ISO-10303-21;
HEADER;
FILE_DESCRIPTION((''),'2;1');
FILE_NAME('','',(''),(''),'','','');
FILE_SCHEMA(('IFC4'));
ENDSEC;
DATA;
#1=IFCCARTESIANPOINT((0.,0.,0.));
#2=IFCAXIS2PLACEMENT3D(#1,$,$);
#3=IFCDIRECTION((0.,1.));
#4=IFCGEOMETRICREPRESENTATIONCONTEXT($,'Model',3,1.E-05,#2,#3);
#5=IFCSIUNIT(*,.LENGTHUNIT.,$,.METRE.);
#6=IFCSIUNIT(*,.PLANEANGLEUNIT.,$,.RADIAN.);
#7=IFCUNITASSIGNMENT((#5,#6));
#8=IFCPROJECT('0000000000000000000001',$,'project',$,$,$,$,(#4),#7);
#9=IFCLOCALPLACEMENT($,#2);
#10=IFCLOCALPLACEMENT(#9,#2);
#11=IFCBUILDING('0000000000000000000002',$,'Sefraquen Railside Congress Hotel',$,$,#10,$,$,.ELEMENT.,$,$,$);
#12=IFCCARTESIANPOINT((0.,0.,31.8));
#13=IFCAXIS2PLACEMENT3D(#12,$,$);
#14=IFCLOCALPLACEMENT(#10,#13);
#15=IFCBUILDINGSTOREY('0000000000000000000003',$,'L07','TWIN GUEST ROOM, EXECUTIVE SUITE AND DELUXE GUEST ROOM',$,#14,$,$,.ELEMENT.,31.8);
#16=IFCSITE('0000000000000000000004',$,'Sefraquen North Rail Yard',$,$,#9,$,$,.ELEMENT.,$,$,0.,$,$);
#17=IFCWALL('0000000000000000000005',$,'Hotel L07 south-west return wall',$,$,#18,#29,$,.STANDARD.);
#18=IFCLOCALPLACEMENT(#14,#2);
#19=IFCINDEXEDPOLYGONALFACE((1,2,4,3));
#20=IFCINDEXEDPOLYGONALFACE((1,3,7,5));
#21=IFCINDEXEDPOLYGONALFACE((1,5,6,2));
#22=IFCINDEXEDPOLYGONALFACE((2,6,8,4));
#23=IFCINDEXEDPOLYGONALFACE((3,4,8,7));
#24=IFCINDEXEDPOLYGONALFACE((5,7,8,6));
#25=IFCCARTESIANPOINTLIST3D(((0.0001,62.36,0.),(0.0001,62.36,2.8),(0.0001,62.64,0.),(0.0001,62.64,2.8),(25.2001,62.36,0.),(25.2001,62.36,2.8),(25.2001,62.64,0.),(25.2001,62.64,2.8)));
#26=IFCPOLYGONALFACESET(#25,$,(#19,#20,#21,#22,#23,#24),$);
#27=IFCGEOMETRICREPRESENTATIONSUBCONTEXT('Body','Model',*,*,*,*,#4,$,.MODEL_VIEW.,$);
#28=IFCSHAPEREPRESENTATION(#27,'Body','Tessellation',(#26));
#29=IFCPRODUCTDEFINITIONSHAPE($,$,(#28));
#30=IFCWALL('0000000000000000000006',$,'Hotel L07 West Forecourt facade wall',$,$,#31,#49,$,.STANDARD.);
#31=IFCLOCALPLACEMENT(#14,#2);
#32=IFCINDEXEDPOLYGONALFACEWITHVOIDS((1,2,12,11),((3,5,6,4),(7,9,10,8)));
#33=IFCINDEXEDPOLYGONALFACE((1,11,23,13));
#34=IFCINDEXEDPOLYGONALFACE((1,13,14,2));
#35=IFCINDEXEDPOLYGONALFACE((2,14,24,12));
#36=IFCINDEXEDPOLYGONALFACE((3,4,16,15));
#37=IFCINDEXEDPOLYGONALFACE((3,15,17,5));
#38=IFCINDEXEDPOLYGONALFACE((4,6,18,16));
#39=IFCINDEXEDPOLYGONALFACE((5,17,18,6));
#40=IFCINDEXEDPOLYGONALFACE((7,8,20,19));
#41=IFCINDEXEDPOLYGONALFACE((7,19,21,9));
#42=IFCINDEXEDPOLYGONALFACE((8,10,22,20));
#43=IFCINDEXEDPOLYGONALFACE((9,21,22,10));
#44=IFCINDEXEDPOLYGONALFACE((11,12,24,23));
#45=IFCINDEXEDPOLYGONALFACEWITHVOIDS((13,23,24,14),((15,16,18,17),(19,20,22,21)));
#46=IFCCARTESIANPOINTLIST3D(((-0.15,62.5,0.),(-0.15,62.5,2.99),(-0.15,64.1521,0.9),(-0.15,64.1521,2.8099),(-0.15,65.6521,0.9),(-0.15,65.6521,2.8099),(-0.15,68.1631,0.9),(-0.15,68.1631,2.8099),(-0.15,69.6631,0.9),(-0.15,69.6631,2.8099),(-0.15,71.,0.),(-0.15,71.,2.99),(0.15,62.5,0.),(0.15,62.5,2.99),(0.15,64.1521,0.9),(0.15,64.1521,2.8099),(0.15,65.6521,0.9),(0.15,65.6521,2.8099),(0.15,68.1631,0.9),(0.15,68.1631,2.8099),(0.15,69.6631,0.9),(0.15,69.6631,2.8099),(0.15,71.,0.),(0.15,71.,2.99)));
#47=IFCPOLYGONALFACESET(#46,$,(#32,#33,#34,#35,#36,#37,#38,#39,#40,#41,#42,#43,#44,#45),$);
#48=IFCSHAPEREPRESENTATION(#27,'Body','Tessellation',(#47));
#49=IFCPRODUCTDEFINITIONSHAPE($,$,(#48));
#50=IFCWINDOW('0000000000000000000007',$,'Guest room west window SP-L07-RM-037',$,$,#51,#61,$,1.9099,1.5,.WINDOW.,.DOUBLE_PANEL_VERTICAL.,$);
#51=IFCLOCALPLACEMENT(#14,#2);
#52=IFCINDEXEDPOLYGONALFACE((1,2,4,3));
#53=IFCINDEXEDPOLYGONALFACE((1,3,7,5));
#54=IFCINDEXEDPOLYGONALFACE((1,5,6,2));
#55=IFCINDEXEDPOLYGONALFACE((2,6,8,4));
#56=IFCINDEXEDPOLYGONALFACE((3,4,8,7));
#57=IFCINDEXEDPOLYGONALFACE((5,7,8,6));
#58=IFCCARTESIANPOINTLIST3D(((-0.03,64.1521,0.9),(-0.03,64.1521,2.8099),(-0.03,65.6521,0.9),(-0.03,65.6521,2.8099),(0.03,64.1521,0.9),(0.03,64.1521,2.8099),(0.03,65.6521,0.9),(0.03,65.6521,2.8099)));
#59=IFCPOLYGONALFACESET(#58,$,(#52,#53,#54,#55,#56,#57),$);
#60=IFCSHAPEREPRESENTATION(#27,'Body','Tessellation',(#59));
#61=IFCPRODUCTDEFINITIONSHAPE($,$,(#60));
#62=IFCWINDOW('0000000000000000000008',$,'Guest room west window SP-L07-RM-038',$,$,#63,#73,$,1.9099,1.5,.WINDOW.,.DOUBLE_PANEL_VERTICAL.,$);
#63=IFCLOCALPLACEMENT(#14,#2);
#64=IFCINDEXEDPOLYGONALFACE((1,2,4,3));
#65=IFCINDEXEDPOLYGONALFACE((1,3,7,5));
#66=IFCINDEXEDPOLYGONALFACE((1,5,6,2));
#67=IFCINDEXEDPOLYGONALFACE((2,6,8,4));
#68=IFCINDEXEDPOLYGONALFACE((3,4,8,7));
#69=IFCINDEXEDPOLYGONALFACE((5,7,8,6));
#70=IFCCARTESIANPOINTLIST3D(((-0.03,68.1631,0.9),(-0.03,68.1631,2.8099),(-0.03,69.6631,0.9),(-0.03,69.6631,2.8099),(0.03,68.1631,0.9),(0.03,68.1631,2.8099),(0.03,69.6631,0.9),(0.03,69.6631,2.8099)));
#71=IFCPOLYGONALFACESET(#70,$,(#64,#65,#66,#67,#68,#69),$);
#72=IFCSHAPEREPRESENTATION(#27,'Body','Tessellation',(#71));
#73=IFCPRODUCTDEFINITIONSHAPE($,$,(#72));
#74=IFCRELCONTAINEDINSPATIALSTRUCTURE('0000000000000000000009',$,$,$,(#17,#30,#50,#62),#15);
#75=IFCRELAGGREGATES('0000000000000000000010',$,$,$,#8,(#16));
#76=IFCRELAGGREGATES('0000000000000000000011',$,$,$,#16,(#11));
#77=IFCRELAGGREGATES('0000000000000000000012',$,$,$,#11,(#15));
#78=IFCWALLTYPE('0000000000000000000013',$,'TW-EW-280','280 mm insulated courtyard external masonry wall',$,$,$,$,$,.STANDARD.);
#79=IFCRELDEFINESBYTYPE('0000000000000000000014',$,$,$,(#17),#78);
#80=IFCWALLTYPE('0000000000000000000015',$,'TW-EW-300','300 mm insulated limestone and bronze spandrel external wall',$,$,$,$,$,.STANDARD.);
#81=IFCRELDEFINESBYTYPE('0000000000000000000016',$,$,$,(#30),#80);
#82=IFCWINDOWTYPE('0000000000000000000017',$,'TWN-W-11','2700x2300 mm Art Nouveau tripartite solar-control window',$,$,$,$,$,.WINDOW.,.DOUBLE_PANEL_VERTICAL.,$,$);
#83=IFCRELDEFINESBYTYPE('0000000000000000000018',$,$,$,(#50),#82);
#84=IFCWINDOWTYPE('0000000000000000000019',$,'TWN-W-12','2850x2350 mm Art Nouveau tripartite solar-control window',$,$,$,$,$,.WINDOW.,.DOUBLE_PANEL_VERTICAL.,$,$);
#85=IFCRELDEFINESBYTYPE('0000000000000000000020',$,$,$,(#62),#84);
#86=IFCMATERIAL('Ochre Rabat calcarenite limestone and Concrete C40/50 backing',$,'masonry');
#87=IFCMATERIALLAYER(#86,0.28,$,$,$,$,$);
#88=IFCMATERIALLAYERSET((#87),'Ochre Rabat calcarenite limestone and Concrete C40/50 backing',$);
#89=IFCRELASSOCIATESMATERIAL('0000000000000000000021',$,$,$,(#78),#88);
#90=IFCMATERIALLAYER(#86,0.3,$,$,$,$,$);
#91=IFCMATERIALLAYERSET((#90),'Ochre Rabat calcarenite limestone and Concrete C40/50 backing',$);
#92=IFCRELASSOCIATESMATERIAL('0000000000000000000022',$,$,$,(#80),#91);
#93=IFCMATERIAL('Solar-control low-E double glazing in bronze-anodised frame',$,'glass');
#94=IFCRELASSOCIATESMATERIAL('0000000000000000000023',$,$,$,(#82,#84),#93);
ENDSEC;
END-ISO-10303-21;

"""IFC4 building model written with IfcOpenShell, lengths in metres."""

from ifc_helpers import new_model, si_unit, direction, frame, frame_2d, origin, place, context, subcontext, project, spatial, rectangle, extrude, material, layer, layer_set, type_object, element, fill, save


model = new_model("IFC4")

# Units and contexts
model_context = context("Model", 3, precision=1e-05, world=origin(), true_north=direction((0.0, 1.0)))
body_context = subcontext(model_context, "Body", "Model", "MODEL_VIEW")
ifc_project = project(units=[si_unit("LENGTHUNIT", "METRE"), si_unit("PLANEANGLEUNIT", "RADIAN")], contexts=[model_context])

# Site, building, storey
site_placement = place(None, origin())
site = spatial("IfcSite", under=ifc_project, at=site_placement, Name="Sefraquen North Rail Yard", CompositionType="ELEMENT", RefElevation=0.0)
building_placement = place(site_placement, origin())
building = spatial("IfcBuilding", under=site, at=building_placement, Name="Sefraquen Railside Congress Hotel", CompositionType="ELEMENT")
storey_placement = place(building_placement, frame((0.0, 0.0, 31.8)))
storey = spatial("IfcBuildingStorey", under=building, at=storey_placement, Name="L07", Description="TWIN GUEST ROOM, EXECUTIVE SUITE AND DELUXE GUEST ROOM", CompositionType="ELEMENT", Elevation=31.8)

# Wall
ifc_material_1 = material(Name="Ochre Rabat calcarenite limestone and Concrete C40/50 backing", Category="masonry")
ifc_layer_1 = layer(ifc_material_1, 0.28)
ifc_layer_set_1 = layer_set([ifc_layer_1], Name="Ochre Rabat calcarenite limestone and Concrete C40/50 backing")
wall_type_1 = type_object("IfcWallType", Name="TW-EW-280", Description="280 mm insulated courtyard external masonry wall", PredefinedType="STANDARD", material=ifc_layer_set_1)
wall_1_placement = place(storey_placement, frame((0.0, 62.5, 0.0), z_axis=(0.0, 0.0, 1.0), x_axis=(1.0, 0.0, 0.0)))
element("IfcWall", 1, at=wall_1_placement, inside=storey, type_object=wall_type_1, Name="Hotel L07 south-west return wall", PredefinedType="STANDARD", context=body_context, shape_type="SweptSolid", body=[
    extrude(rectangle(XDim=25.2, YDim=0.28, at=frame_2d((12.6001, 0.0))), origin(), (0.0, 0.0, 1.0), 2.8),
])

# Wall, openings, windows
ifc_layer_2 = layer(ifc_material_1, 0.3)
ifc_layer_set_2 = layer_set([ifc_layer_2], Name="Ochre Rabat calcarenite limestone and Concrete C40/50 backing")
wall_type_2 = type_object("IfcWallType", Name="TW-EW-300", Description="300 mm insulated limestone and bronze spandrel external wall", PredefinedType="STANDARD", material=ifc_layer_set_2)
wall_2_placement = place(storey_placement, frame((0.0, 62.5, 0.0), z_axis=(0.0, 0.0, 1.0), x_axis=(0.0, 1.0, 0.0)))
wall_2 = element("IfcWall", 2, at=wall_2_placement, inside=storey, type_object=wall_type_2, Name="Hotel L07 West Forecourt facade wall", PredefinedType="STANDARD", context=body_context, shape_type="SweptSolid", body=[
    extrude(rectangle(XDim=8.5, YDim=0.3, at=frame_2d((4.25, 0.0))), origin(), (0.0, 0.0, 1.0), 2.99),
])
opening_1_placement = place(wall_2_placement, frame((1.6521, 0.0, 0.8999)))
opening_1 = element("IfcOpeningElement", 3, at=opening_1_placement, cuts=wall_2, PredefinedType="OPENING", context=body_context, shape_type="SweptSolid", body=[
    extrude(rectangle(XDim=1.5, YDim=1.9099, at=frame_2d((0.75, 0.9551))), frame((0.0, 0.1599, 0.0), z_axis=(0.0, -1.0, 0.0), x_axis=(1.0, 0.0, 0.0)), (0.0, 0.0, 1.0), 0.3201),
])
opening_2_placement = place(wall_2_placement, frame((5.6631, 0.0, 0.8999)))
opening_2 = element("IfcOpeningElement", 4, at=opening_2_placement, cuts=wall_2, PredefinedType="OPENING", context=body_context, shape_type="SweptSolid", body=[
    extrude(rectangle(XDim=1.5, YDim=1.9099, at=frame_2d((0.75, 0.9551))), frame((0.0, 0.1599, 0.0), z_axis=(0.0, -1.0, 0.0), x_axis=(1.0, 0.0, 0.0)), (0.0, 0.0, 1.0), 0.3201),
])
ifc_material_2 = material(Name="Solar-control low-E double glazing in bronze-anodised frame", Category="glass")
window_type_1 = type_object("IfcWindowType", Name="TWN-W-11", Description="2700x2300 mm Art Nouveau tripartite solar-control window", PartitioningType="DOUBLE_PANEL_VERTICAL", PredefinedType="WINDOW", material=ifc_material_2)
window_1_placement = place(opening_1_placement, origin())
window_1 = element("IfcWindow", 5, at=window_1_placement, inside=storey, type_object=window_type_1, Name="Guest room west window SP-L07-RM-037", OverallHeight=1.9099, OverallWidth=1.5, PartitioningType="DOUBLE_PANEL_VERTICAL", PredefinedType="WINDOW", context=body_context, shape_type="SweptSolid", body=[
    extrude(rectangle(XDim=1.5, YDim=1.9099, at=frame_2d((0.75, 0.9551))), frame((0.0, 0.03, 0.0), z_axis=(0.0, -1.0, 0.0), x_axis=(1.0, 0.0, 0.0)), (0.0, 0.0, 1.0), 0.0601),
])
fill(opening_1, window_1)
window_type_2 = type_object("IfcWindowType", Name="TWN-W-12", Description="2850x2350 mm Art Nouveau tripartite solar-control window", PartitioningType="DOUBLE_PANEL_VERTICAL", PredefinedType="WINDOW", material=ifc_material_2)
window_2_placement = place(opening_2_placement, origin())
window_2 = element("IfcWindow", 6, at=window_2_placement, inside=storey, type_object=window_type_2, Name="Guest room west window SP-L07-RM-038", OverallHeight=1.9099, OverallWidth=1.5, PartitioningType="DOUBLE_PANEL_VERTICAL", PredefinedType="WINDOW", context=body_context, shape_type="SweptSolid", body=[
    extrude(rectangle(XDim=1.5, YDim=1.9099, at=frame_2d((0.75, 0.9551))), frame((0.0, 0.03, 0.0), z_axis=(0.0, -1.0, 0.0), x_axis=(1.0, 0.0, 0.0)), (0.0, 0.0, 1.0), 0.0601),
])
fill(opening_2, window_2)

save(model, "model.ifc")
